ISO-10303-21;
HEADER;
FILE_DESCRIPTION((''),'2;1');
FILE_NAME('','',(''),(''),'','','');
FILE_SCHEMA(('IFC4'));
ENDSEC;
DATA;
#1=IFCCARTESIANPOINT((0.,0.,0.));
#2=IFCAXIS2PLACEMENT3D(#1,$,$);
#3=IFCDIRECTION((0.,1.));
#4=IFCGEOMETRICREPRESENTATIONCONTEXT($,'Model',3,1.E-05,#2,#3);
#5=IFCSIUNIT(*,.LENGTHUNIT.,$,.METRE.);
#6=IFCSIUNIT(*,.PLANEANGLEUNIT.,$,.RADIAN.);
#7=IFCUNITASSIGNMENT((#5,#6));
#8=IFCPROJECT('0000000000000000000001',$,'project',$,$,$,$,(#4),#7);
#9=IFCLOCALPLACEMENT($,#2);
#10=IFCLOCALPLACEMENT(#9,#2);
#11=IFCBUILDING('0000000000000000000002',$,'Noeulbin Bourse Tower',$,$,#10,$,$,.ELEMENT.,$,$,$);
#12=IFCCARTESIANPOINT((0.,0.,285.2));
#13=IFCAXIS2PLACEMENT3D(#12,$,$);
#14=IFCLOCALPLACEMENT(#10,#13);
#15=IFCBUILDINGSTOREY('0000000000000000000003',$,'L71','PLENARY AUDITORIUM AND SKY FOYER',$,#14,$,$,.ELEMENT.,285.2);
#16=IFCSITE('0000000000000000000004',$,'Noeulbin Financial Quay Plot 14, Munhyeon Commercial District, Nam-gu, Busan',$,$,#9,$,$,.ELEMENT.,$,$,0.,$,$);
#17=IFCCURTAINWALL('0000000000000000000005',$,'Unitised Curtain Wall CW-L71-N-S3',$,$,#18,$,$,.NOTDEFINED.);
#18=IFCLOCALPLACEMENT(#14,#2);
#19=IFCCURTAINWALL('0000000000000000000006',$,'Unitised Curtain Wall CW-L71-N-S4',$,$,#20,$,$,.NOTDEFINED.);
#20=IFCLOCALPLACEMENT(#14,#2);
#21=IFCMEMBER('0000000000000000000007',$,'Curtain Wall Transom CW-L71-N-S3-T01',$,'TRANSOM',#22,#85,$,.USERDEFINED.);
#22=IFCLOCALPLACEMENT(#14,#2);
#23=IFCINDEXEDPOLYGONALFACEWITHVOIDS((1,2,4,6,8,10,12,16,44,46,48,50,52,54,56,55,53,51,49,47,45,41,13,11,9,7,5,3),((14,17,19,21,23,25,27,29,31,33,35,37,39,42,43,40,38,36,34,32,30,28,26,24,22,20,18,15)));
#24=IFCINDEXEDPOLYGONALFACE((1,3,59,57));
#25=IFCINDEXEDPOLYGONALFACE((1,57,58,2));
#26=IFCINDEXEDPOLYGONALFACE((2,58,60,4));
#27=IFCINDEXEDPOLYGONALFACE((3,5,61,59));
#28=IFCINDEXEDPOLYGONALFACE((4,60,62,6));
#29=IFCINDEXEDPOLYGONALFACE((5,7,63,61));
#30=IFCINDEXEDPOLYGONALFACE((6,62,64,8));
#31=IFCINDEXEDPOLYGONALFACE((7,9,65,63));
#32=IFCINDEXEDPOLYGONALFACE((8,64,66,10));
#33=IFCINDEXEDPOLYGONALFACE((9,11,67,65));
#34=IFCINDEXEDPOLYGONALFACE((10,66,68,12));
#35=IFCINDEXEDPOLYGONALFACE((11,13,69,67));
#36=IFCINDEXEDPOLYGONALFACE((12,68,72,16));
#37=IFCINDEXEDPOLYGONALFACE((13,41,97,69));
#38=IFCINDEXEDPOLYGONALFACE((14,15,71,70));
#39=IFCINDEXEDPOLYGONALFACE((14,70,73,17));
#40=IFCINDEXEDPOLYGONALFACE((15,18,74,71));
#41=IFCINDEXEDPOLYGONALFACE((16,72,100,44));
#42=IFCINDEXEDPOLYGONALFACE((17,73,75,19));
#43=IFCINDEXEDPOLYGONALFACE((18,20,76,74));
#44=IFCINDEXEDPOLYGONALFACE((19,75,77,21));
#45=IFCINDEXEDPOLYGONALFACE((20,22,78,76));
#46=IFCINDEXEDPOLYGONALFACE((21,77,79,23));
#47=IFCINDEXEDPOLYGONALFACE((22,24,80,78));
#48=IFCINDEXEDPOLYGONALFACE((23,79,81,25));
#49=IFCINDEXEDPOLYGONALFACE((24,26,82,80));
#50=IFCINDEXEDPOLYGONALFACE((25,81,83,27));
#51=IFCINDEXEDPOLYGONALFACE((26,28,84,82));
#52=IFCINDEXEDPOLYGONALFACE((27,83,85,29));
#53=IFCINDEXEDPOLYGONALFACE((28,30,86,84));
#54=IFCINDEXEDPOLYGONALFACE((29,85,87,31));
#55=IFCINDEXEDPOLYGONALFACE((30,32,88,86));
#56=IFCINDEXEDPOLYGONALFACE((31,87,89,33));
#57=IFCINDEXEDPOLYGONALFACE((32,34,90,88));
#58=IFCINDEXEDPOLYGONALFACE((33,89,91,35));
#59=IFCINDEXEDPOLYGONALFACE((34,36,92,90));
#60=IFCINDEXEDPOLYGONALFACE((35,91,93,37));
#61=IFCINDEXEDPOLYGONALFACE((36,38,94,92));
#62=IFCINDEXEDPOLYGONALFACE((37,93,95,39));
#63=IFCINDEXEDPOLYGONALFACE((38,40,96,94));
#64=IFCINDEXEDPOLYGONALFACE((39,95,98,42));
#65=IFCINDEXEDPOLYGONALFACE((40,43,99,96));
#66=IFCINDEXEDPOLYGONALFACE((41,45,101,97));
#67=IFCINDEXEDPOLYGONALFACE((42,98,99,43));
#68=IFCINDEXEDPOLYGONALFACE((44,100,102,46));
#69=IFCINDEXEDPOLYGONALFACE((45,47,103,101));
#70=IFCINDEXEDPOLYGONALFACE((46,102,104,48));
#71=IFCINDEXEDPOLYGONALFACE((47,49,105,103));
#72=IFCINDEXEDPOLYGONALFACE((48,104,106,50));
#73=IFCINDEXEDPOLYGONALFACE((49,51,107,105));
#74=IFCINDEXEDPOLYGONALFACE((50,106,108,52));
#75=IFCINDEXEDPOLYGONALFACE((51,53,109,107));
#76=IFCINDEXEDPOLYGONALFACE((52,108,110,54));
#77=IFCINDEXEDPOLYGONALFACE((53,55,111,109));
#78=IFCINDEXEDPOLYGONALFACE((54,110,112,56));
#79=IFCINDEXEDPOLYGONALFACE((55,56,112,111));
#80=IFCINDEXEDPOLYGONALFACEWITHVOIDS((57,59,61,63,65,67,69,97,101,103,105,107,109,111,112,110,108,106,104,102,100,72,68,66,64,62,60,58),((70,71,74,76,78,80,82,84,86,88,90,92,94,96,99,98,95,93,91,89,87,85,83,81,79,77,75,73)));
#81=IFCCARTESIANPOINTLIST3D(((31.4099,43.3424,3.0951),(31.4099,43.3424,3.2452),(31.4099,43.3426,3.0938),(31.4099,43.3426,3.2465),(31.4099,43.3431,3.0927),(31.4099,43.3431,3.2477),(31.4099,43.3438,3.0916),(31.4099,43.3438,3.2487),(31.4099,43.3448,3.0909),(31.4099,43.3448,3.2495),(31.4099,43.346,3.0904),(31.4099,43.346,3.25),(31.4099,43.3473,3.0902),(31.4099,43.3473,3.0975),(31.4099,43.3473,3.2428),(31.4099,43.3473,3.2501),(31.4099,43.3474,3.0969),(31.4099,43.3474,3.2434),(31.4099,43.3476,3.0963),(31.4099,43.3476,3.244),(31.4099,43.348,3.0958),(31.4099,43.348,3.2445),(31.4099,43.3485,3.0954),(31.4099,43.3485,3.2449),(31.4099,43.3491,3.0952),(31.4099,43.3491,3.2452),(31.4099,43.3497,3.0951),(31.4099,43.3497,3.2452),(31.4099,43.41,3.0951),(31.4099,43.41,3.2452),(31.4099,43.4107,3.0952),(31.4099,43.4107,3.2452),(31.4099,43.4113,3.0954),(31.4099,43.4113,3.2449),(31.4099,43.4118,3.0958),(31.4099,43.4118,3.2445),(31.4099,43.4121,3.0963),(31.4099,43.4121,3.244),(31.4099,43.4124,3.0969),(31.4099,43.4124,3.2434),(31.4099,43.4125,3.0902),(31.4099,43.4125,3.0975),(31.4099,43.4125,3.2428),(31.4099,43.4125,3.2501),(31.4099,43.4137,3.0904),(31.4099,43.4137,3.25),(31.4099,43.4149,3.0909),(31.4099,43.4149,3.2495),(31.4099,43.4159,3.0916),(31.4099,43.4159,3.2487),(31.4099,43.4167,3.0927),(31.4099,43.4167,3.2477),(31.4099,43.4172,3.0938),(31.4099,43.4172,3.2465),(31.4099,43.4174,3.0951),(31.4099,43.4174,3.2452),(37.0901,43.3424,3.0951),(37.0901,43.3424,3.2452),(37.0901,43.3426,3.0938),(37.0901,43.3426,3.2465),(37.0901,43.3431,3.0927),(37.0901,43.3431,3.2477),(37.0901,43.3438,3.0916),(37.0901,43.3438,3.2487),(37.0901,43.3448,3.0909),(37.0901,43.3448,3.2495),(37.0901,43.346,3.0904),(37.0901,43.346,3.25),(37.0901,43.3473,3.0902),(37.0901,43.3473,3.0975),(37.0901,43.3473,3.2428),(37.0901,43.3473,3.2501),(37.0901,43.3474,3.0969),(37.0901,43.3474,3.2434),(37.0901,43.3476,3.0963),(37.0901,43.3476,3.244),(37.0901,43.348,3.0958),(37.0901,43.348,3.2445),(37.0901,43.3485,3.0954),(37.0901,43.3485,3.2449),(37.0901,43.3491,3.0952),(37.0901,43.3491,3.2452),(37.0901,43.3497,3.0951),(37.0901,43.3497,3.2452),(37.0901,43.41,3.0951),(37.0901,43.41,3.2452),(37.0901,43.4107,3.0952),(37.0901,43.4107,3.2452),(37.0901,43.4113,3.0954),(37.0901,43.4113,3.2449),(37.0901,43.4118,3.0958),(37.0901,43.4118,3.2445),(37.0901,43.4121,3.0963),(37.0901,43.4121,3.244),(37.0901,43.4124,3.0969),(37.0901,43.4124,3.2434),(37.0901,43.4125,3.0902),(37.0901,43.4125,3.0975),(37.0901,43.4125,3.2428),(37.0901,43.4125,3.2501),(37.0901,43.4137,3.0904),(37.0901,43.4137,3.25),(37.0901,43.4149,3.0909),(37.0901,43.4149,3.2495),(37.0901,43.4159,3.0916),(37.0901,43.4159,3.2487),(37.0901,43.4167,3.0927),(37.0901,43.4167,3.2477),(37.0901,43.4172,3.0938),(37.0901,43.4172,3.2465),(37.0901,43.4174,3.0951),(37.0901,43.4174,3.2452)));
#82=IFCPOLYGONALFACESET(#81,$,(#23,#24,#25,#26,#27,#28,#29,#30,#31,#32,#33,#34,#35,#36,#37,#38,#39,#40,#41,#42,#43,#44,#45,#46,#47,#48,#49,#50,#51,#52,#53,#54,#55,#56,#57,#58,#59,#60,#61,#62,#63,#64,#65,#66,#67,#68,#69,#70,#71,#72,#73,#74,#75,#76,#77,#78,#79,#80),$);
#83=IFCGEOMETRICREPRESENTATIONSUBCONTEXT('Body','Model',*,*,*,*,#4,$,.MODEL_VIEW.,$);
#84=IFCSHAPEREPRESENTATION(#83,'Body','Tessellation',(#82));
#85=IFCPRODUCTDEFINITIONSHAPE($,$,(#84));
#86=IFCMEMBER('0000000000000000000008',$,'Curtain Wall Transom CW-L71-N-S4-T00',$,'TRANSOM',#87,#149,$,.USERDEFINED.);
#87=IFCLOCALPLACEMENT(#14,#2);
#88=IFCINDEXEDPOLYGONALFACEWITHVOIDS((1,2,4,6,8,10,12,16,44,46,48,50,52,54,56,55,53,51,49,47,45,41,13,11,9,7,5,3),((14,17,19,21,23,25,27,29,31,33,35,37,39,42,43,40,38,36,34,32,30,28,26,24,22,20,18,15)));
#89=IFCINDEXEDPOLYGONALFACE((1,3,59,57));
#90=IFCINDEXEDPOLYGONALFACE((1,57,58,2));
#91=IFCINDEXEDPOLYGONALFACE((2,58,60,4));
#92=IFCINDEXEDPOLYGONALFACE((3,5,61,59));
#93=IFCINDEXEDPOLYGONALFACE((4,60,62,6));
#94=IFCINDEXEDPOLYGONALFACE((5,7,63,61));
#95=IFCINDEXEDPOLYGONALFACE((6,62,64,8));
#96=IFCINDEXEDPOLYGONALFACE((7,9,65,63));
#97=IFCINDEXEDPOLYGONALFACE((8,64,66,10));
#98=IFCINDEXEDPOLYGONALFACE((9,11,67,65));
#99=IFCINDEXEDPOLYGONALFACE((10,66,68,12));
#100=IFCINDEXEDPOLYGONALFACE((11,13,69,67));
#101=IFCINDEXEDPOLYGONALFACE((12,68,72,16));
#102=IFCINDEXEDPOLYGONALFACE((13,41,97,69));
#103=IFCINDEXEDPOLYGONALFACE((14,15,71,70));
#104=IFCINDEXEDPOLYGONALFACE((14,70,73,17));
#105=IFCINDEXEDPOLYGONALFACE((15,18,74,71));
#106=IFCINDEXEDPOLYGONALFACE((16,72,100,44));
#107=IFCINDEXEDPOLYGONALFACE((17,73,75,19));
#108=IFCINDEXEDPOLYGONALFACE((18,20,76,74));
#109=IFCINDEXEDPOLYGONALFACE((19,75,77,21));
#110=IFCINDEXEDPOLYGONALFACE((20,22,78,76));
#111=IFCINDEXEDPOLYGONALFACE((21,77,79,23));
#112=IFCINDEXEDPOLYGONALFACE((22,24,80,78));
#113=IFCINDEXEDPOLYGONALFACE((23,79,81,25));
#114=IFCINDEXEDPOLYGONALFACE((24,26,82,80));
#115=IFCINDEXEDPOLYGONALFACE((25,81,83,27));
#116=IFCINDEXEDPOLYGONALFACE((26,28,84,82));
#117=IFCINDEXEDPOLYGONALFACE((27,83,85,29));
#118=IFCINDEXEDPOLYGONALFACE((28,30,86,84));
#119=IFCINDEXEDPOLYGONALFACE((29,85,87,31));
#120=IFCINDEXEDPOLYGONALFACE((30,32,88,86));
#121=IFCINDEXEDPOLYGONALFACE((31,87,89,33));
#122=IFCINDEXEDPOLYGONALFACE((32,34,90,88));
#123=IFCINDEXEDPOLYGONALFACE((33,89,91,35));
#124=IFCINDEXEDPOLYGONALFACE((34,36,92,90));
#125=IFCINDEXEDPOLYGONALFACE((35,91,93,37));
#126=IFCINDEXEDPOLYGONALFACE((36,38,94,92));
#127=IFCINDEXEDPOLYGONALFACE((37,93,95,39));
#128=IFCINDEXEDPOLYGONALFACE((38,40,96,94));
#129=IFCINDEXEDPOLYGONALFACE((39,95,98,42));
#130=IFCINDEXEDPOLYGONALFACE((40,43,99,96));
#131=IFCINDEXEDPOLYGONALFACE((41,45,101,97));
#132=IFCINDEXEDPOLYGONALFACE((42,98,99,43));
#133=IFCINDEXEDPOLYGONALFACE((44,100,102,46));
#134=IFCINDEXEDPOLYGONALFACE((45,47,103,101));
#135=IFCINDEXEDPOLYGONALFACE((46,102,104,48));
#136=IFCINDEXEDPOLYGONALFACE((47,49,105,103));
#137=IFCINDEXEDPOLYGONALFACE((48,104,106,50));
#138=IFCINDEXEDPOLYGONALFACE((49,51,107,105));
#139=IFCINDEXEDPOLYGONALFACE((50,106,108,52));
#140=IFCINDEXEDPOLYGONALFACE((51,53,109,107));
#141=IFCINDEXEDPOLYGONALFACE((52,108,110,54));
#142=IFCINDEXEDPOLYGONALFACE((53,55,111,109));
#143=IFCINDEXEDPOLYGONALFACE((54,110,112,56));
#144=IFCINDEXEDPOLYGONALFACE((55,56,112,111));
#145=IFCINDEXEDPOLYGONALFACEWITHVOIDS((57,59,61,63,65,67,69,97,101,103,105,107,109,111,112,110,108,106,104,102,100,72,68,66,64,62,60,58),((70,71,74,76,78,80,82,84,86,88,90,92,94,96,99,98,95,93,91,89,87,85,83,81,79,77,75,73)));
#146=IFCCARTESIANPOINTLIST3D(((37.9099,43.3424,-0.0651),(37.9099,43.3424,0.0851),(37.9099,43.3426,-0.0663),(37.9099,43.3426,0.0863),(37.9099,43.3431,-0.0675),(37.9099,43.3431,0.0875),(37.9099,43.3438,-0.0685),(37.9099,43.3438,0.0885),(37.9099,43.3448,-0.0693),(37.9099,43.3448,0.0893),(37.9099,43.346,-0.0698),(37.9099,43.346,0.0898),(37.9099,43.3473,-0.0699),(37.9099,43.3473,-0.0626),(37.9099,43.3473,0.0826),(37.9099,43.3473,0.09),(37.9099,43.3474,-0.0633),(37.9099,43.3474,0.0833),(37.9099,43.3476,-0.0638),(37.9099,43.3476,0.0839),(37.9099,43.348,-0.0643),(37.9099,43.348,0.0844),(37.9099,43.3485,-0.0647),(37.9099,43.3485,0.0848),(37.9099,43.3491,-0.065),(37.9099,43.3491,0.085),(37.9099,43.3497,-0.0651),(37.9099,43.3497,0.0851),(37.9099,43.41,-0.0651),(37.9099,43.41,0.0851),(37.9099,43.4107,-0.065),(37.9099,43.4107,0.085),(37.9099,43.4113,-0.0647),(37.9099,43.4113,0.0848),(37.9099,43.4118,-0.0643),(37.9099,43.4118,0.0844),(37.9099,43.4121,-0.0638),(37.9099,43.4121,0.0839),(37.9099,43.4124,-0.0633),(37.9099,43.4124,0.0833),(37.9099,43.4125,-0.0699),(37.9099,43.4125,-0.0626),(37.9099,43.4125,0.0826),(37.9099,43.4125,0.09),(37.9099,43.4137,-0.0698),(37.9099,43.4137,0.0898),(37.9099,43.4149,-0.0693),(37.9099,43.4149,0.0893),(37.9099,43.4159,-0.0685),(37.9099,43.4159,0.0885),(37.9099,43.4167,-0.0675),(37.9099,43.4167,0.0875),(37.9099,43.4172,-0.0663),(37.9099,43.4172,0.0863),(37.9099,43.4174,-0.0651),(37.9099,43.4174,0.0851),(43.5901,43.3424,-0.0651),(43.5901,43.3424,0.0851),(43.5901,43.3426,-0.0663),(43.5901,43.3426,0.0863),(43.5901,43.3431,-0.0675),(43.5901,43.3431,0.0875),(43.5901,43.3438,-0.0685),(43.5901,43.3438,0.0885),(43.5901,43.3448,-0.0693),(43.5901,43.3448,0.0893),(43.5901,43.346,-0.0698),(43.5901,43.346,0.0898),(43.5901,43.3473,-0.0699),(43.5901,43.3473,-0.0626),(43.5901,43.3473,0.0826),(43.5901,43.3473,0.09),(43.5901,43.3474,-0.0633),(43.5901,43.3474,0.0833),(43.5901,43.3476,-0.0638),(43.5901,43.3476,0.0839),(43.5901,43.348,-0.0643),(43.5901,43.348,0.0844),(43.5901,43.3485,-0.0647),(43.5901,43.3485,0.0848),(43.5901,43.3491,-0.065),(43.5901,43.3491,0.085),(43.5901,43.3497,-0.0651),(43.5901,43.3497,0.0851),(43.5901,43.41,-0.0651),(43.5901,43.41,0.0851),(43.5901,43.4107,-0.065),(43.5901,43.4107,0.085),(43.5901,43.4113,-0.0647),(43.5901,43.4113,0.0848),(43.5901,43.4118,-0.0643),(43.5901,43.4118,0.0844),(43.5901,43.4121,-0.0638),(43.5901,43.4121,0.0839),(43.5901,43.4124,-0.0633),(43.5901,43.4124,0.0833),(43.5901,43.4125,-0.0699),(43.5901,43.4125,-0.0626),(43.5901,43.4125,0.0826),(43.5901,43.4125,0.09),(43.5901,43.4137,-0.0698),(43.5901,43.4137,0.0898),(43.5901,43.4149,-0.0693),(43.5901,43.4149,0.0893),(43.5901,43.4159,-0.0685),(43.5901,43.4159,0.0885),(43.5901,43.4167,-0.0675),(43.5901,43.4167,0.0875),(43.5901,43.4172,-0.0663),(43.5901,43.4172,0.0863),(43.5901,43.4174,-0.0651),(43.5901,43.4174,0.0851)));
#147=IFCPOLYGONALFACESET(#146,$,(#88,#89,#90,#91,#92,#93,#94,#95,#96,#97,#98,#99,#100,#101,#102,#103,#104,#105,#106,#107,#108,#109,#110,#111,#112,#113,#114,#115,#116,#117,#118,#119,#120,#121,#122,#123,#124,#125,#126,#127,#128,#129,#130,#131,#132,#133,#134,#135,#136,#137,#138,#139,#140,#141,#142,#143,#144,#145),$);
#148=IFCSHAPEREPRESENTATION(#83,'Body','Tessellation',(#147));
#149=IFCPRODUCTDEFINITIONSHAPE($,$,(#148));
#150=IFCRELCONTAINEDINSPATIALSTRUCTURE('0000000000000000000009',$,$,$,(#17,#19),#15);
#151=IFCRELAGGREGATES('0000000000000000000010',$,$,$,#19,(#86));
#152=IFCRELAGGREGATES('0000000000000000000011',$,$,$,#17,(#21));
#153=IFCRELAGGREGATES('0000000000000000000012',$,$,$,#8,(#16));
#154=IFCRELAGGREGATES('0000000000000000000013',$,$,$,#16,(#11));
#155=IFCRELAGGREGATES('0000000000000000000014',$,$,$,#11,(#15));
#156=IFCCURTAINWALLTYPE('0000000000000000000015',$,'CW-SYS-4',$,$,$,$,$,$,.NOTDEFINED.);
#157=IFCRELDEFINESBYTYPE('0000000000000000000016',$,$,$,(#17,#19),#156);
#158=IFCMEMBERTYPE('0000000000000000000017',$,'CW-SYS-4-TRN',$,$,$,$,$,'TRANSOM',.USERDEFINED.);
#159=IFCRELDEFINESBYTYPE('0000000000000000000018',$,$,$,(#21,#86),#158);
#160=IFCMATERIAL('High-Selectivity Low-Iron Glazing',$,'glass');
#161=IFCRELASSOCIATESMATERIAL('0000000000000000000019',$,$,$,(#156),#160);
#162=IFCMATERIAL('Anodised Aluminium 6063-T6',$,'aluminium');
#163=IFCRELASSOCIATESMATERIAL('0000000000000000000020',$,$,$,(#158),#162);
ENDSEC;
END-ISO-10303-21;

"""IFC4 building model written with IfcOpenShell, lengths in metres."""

from ifc_helpers import new_model, si_unit, direction, frame, origin, origin_2d, place, context, subcontext, project, spatial, hollow_rectangle, extrude, material, material_profile, profile_set, type_object, element, aggregate, save


model = new_model("IFC4")

# Units and contexts
model_context = context("Model", 3, precision=1e-05, world=origin(), true_north=direction((0.0, 1.0)))
body_context = subcontext(model_context, "Body", "Model", "MODEL_VIEW")
ifc_project = project(units=[si_unit("LENGTHUNIT", "METRE"), si_unit("PLANEANGLEUNIT", "RADIAN")], contexts=[model_context])

# Site, building, storey
site_placement = place(None, origin())
site = spatial("IfcSite", under=ifc_project, at=site_placement, Name="Noeulbin Financial Quay Plot 14, Munhyeon Commercial District, Nam-gu, Busan", CompositionType="ELEMENT", RefElevation=0.0)
building_placement = place(site_placement, origin())
building = spatial("IfcBuilding", under=site, at=building_placement, Name="Noeulbin Bourse Tower", CompositionType="ELEMENT")
storey_placement = place(building_placement, frame((0.0, 0.0, 285.2)))
storey = spatial("IfcBuildingStorey", under=building, at=storey_placement, Name="L71", Description="PLENARY AUDITORIUM AND SKY FOYER", CompositionType="ELEMENT", Elevation=285.2)

# Curtain wall
ifc_material_1 = material(Name="High-Selectivity Low-Iron Glazing", Category="glass")
curtain_wall_type = type_object("IfcCurtainWallType", Name="CW-SYS-4", PredefinedType="NOTDEFINED", material=ifc_material_1)
curtain_wall_1_placement = place(storey_placement, origin())
curtain_wall_1 = element("IfcCurtainWall", 1, at=curtain_wall_1_placement, inside=storey, type_object=curtain_wall_type, Name="Unitised Curtain Wall CW-L71-N-S3", PredefinedType="NOTDEFINED")
ifc_material_2 = material(Name="Anodised Aluminium 6063-T6", Category="aluminium")

# Curtain wall
curtain_wall_2_placement = place(storey_placement, origin())
curtain_wall_2 = element("IfcCurtainWall", 2, at=curtain_wall_2_placement, inside=storey, type_object=curtain_wall_type, Name="Unitised Curtain Wall CW-L71-N-S4", PredefinedType="NOTDEFINED")

# Members
ifc_material_profile_1 = material_profile(ifc_material_2, hollow_rectangle(XDim=0.075, YDim=0.1599, WallThickness=0.0049, InnerFilletRadius=0.0024, OuterFilletRadius=0.0049, at=origin_2d()), Name="ALU-TRAN-75x160x5", Category="LoadBearing")
ifc_profile_set_1 = profile_set([ifc_material_profile_1], Name="Anodised Aluminium 6063-T6")
member_type_1 = type_object("IfcMemberType", Name="CW-SYS-4-TRN", ElementType="TRANSOM", PredefinedType="USERDEFINED", material=ifc_profile_set_1)
member_1_placement = place(storey_placement, frame((31.4099, 43.3799, 3.1702), z_axis=(1.0, 0.0, 0.0), x_axis=(0.0, 1.0, 0.0)))
member_1 = element("IfcMember", 3, at=member_1_placement, type_object=member_type_1, Name="Curtain Wall Transom CW-L71-N-S3-T01", ObjectType="TRANSOM", PredefinedType="USERDEFINED", context=body_context, shape_type="SweptSolid", body=[
    extrude(hollow_rectangle(XDim=0.075, YDim=0.1599, WallThickness=0.0049, InnerFilletRadius=0.0024, OuterFilletRadius=0.0049, at=origin_2d()), origin(), (0.0, 0.0, 1.0), 5.6802),
])
member_2_placement = place(storey_placement, frame((37.9099, 43.3799, 0.01), z_axis=(1.0, 0.0, 0.0), x_axis=(0.0, 1.0, 0.0)))
member_2 = element("IfcMember", 4, at=member_2_placement, type_object=member_type_1, Name="Curtain Wall Transom CW-L71-N-S4-T00", ObjectType="TRANSOM", PredefinedType="USERDEFINED", context=body_context, shape_type="SweptSolid", body=[
    extrude(hollow_rectangle(XDim=0.075, YDim=0.1599, WallThickness=0.0049, InnerFilletRadius=0.0024, OuterFilletRadius=0.0049, at=origin_2d()), origin(), (0.0, 0.0, 1.0), 5.6802),
])
aggregate(curtain_wall_2, [member_2])

aggregate(curtain_wall_1, [member_1])

save(model, "model.ifc")
